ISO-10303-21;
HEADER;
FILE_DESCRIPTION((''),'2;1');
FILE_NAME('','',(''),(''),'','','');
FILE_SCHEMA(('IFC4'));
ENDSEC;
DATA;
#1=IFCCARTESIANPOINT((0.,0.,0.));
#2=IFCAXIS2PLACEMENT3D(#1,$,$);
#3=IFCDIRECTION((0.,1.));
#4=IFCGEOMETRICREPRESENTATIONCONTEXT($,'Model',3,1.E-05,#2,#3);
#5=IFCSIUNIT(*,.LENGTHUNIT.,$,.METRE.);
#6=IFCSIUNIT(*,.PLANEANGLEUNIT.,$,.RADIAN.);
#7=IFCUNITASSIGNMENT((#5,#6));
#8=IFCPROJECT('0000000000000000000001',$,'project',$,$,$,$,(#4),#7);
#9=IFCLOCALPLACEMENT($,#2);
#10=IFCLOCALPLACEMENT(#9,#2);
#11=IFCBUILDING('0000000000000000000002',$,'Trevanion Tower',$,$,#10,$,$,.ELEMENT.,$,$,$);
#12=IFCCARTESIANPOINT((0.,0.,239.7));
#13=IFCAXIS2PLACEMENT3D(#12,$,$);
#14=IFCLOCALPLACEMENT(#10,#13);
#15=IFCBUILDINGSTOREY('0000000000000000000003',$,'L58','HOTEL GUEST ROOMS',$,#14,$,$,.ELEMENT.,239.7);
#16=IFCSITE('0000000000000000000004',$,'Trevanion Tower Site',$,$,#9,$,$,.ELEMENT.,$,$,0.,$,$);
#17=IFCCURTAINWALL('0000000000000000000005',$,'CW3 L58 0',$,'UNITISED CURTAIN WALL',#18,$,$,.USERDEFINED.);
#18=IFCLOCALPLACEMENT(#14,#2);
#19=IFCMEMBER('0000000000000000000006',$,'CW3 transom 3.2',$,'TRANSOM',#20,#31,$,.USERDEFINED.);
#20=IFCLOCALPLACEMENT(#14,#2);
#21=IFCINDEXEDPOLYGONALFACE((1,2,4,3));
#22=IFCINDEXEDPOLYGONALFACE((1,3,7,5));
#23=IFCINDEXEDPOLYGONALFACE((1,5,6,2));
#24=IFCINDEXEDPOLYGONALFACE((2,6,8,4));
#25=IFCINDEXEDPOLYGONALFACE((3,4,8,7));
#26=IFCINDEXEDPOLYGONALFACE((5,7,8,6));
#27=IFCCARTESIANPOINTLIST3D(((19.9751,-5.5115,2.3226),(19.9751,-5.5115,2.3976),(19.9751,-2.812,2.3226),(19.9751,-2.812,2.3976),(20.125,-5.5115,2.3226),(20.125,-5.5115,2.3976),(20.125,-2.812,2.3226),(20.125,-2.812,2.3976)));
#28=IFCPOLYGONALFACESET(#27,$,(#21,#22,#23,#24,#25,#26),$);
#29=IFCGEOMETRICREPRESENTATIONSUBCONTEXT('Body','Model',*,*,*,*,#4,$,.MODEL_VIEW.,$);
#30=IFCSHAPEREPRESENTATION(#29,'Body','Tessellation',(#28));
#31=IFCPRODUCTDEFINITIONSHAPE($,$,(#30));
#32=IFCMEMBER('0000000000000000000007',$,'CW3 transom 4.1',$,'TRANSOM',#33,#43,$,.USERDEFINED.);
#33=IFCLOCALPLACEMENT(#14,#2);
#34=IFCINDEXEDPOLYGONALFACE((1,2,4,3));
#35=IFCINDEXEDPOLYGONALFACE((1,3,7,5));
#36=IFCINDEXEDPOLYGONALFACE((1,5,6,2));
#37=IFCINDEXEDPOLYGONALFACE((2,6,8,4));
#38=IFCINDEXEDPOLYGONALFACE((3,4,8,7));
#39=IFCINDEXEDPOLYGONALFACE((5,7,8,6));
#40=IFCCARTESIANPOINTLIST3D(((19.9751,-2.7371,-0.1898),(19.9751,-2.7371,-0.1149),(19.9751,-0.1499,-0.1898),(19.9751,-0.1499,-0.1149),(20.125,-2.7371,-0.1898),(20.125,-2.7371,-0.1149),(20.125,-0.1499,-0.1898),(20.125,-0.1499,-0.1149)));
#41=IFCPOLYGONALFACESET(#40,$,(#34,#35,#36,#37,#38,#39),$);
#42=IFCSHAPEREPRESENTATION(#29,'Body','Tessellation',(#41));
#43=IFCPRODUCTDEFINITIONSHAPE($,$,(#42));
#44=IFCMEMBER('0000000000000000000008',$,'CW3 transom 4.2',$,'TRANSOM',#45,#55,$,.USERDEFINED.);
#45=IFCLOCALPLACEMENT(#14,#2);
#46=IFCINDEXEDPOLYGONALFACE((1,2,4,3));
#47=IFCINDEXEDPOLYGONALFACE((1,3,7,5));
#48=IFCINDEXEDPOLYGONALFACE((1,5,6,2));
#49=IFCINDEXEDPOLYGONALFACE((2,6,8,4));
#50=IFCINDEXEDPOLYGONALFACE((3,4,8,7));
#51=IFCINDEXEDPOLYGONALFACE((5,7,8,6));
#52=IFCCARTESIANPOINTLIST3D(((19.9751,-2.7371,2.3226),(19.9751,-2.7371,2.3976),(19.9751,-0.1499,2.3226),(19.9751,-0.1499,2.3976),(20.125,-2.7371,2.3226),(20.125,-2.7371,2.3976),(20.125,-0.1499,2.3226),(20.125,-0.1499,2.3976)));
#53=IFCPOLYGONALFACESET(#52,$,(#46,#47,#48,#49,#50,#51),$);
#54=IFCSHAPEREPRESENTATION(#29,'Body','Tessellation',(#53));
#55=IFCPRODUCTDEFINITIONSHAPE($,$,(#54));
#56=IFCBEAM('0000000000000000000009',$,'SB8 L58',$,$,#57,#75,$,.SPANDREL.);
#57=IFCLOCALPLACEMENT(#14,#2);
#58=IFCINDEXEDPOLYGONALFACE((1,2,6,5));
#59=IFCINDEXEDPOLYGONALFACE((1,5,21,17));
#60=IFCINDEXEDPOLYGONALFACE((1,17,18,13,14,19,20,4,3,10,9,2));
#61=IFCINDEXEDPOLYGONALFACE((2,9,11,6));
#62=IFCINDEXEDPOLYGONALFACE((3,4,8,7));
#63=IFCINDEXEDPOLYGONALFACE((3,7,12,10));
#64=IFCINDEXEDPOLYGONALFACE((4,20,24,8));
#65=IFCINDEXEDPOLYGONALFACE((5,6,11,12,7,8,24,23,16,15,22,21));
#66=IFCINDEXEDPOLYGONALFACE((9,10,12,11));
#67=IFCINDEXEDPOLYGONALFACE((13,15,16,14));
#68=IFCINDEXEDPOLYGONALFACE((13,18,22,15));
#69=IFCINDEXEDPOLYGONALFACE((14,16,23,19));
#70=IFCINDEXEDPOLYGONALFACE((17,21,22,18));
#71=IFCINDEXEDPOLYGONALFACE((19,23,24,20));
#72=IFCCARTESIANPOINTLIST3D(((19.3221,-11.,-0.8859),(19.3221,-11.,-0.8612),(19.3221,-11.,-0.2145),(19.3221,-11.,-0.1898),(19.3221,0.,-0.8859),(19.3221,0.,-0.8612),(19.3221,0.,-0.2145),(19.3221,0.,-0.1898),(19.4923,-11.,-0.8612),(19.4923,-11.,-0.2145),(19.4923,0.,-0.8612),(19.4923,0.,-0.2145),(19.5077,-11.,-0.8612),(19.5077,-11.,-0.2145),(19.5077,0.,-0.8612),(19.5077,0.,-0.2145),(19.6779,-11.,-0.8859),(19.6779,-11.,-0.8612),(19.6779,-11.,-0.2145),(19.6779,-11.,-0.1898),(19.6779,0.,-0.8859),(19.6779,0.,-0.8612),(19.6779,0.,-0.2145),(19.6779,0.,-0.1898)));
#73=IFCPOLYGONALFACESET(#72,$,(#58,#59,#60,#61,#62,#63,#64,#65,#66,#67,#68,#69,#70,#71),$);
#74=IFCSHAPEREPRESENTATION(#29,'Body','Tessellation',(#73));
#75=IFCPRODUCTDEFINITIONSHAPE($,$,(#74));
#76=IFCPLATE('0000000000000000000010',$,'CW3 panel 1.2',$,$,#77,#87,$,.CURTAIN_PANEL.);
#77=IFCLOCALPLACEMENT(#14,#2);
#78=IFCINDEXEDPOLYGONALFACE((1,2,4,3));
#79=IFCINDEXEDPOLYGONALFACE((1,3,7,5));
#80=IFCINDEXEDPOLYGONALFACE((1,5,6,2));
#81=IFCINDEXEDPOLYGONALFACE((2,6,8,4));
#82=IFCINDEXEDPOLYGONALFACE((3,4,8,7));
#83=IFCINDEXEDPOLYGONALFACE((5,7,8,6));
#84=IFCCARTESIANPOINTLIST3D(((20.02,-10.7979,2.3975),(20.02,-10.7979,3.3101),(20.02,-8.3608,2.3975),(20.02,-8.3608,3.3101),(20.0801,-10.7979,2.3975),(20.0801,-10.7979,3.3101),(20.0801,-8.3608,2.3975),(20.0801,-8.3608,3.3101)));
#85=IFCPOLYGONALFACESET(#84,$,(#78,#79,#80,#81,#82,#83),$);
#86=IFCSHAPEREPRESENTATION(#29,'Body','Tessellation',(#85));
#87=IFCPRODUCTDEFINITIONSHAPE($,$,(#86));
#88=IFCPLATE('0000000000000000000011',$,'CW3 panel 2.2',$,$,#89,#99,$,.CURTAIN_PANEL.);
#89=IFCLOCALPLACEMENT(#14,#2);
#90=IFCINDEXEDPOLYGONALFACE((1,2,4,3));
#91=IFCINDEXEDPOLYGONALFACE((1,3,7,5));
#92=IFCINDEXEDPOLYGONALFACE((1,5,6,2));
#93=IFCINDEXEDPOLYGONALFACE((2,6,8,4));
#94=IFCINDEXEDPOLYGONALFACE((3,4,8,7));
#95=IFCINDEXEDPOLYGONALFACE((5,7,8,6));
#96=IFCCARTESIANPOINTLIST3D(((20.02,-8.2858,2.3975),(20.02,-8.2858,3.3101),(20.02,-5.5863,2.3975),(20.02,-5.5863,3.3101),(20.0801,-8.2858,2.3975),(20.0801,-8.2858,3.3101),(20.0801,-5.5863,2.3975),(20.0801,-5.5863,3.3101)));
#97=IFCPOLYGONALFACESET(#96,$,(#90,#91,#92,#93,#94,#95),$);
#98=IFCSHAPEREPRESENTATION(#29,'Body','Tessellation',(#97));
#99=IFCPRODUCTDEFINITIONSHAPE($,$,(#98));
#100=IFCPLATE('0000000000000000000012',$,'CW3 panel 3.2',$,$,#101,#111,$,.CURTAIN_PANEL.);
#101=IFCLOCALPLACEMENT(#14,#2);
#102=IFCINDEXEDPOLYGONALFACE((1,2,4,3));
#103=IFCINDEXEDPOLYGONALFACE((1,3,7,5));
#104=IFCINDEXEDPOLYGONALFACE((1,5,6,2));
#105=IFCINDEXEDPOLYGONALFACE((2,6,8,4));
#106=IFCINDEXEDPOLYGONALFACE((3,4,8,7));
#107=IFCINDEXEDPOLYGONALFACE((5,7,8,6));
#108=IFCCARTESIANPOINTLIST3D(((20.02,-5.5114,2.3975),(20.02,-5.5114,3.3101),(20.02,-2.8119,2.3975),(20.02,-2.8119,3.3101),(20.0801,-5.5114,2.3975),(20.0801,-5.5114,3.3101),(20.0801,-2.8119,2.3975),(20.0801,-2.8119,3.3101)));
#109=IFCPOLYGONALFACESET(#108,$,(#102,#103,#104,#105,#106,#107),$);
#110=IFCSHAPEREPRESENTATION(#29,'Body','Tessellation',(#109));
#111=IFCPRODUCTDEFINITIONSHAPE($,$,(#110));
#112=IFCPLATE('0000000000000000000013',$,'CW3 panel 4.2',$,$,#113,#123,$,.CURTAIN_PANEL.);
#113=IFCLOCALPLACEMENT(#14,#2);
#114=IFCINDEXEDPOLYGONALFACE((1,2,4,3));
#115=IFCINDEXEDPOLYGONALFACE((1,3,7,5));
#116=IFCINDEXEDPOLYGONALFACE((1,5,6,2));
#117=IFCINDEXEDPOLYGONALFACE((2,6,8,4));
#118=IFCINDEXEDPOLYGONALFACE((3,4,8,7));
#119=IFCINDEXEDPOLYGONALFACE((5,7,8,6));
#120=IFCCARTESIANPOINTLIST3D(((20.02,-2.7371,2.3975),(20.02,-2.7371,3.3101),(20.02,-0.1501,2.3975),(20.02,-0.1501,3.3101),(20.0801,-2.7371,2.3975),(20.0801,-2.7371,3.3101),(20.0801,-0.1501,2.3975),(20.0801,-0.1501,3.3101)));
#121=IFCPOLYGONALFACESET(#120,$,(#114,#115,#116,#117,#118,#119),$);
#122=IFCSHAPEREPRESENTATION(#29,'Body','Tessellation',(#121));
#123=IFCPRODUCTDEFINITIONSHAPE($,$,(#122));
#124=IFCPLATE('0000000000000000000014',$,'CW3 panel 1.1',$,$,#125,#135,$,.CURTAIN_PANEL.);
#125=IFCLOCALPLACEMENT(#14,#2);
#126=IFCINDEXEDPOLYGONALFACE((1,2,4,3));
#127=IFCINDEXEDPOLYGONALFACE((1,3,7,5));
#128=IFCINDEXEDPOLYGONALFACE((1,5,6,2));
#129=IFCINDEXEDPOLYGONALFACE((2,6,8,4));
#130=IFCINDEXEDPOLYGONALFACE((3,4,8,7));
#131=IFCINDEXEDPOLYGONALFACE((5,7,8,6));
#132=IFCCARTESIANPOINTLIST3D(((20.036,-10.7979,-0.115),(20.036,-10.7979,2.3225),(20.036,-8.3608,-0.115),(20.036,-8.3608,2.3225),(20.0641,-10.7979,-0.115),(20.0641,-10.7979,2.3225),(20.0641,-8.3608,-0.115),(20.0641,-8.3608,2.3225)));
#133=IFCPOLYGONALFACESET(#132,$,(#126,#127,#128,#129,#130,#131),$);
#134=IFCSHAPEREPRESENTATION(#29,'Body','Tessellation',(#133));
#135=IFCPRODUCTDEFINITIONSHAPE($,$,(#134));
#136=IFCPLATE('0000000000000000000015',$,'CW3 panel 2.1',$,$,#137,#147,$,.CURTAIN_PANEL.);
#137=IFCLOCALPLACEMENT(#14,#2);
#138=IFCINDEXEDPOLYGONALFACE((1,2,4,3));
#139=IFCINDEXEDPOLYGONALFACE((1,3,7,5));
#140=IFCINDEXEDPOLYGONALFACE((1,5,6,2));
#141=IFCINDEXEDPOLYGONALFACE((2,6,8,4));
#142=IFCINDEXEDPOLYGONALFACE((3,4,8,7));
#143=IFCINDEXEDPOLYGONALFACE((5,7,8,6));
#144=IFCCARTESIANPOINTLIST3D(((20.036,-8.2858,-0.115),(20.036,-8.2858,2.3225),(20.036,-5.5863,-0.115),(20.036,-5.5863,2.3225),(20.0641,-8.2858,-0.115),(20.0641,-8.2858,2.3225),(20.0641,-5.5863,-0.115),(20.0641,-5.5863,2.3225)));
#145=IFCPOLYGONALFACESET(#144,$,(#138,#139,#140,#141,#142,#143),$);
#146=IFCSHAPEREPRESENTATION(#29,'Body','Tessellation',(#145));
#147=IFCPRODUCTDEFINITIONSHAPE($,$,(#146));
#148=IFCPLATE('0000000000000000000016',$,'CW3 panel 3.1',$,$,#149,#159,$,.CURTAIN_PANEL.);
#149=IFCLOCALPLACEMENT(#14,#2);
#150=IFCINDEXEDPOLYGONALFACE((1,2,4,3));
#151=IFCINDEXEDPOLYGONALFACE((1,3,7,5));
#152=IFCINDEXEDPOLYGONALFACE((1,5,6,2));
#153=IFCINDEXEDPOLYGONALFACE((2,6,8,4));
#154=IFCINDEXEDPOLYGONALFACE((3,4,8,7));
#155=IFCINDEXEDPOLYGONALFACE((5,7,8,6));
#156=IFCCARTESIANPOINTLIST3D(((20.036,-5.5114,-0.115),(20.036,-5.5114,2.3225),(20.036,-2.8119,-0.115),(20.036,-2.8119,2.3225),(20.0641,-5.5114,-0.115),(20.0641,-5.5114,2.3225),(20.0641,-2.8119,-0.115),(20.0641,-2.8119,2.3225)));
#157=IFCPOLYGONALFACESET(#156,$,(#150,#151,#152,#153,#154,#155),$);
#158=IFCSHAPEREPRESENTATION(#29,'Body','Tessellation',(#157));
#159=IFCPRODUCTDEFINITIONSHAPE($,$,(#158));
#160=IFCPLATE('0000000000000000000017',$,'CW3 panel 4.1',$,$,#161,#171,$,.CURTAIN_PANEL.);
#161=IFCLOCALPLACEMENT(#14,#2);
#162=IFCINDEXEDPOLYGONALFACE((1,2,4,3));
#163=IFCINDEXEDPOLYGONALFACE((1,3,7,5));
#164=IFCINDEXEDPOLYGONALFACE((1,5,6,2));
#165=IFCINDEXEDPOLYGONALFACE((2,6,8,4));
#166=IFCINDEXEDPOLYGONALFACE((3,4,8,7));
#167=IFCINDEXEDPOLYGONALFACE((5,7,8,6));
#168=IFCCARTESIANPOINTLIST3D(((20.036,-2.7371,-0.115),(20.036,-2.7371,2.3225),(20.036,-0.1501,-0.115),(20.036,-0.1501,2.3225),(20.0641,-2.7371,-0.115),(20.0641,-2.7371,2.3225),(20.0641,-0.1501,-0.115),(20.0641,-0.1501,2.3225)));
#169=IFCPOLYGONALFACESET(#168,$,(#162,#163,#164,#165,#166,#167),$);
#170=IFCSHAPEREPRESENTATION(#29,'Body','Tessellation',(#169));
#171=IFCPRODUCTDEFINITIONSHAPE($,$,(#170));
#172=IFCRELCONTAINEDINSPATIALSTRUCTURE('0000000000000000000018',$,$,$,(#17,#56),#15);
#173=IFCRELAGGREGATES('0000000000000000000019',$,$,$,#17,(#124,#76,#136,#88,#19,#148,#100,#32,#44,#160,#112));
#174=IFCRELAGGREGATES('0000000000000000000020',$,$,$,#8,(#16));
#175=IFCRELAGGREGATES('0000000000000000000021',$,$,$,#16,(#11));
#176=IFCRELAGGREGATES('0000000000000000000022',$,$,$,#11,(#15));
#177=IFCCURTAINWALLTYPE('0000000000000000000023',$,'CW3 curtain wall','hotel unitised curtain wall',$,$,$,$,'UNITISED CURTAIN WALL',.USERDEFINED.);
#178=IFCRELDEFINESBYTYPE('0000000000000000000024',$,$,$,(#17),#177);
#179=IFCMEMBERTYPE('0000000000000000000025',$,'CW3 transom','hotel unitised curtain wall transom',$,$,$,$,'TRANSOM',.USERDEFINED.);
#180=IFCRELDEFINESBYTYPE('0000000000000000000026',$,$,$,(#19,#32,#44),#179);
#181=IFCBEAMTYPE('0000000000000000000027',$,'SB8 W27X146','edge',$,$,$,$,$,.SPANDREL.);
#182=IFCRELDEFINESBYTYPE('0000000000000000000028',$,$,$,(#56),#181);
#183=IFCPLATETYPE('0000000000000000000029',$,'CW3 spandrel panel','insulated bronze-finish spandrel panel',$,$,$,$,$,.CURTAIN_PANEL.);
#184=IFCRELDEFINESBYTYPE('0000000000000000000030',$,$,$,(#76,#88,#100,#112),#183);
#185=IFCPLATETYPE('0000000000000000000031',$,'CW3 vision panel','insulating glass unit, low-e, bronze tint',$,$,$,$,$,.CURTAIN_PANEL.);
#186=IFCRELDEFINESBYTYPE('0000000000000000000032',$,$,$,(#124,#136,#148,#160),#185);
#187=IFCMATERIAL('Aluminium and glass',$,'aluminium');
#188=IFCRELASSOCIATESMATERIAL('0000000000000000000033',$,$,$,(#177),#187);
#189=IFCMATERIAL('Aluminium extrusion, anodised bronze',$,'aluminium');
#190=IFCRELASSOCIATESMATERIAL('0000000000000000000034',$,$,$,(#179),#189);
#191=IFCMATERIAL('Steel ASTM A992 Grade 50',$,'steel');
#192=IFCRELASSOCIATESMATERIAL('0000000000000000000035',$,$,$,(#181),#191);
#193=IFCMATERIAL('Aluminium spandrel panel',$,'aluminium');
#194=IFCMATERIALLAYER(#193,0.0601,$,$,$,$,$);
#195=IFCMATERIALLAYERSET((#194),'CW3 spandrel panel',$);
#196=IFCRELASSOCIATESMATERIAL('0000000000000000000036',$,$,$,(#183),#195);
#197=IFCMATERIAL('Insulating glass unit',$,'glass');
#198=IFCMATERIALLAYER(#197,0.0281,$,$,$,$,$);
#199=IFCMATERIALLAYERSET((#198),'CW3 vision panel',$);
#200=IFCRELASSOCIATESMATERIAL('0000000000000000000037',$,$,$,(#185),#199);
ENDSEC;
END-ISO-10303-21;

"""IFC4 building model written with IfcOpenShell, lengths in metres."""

from ifc_helpers import new_model, si_unit, direction, frame, origin, origin_2d, place, context, subcontext, project, spatial, rectangle, i_section, extrude, material, layer, layer_set, material_profile, profile_set, type_object, element, aggregate, save


model = new_model("IFC4")

# Units and contexts
model_context = context("Model", 3, precision=1e-05, world=origin(), true_north=direction((0.0, 1.0)))
body_context = subcontext(model_context, "Body", "Model", "MODEL_VIEW")
ifc_project = project(units=[si_unit("LENGTHUNIT", "METRE"), si_unit("PLANEANGLEUNIT", "RADIAN")], contexts=[model_context])

# Site, building, storey
site_placement = place(None, origin())
site = spatial("IfcSite", under=ifc_project, at=site_placement, Name="Trevanion Tower Site", CompositionType="ELEMENT", RefElevation=0.0)
building_placement = place(site_placement, origin())
building = spatial("IfcBuilding", under=site, at=building_placement, Name="Trevanion Tower", CompositionType="ELEMENT")
storey_placement = place(building_placement, frame((0.0, 0.0, 239.7)))
storey = spatial("IfcBuildingStorey", under=building, at=storey_placement, Name="L58", Description="HOTEL GUEST ROOMS", CompositionType="ELEMENT", Elevation=239.7)

# Curtain wall, members
ifc_material_1 = material(Name="Aluminium and glass", Category="aluminium")
curtain_wall_type = type_object("IfcCurtainWallType", Name="CW3 curtain wall", Description="hotel unitised curtain wall", ElementType="UNITISED CURTAIN WALL", PredefinedType="USERDEFINED", material=ifc_material_1)
curtain_wall_placement = place(storey_placement, origin())
curtain_wall = element("IfcCurtainWall", 1, at=curtain_wall_placement, inside=storey, type_object=curtain_wall_type, Name="CW3 L58 0", ObjectType="UNITISED CURTAIN WALL", PredefinedType="USERDEFINED")
ifc_material_2 = material(Name="Aluminium extrusion, anodised bronze", Category="aluminium")
ifc_material_profile_1 = material_profile(ifc_material_2, rectangle(XDim=0.1499, YDim=0.075, at=origin_2d()), Name="CW3 transom")
ifc_profile_set_1 = profile_set([ifc_material_profile_1], Name="Aluminium extrusion, anodised bronze")
member_type_1 = type_object("IfcMemberType", Name="CW3 transom", Description="hotel unitised curtain wall transom", ElementType="TRANSOM", PredefinedType="USERDEFINED", material=ifc_profile_set_1)
member_1_placement = place(storey_placement, frame((20.05, -5.5115, 2.3601), z_axis=(0.0, 1.0, 0.0), x_axis=(-1.0, 0.0, 0.0)))
member_1 = element("IfcMember", 2, at=member_1_placement, type_object=member_type_1, Name="CW3 transom 3.2", ObjectType="TRANSOM", PredefinedType="USERDEFINED", context=body_context, shape_type="SweptSolid", body=[
    extrude(rectangle(XDim=0.1499, YDim=0.075, at=origin_2d()), origin(), (0.0, 0.0, 1.0), 2.6995),
])
member_2_placement = place(storey_placement, frame((20.05, -2.7371, -0.1523), z_axis=(0.0, 1.0, 0.0), x_axis=(-1.0, 0.0, 0.0)))
member_2 = element("IfcMember", 3, at=member_2_placement, type_object=member_type_1, Name="CW3 transom 4.1", ObjectType="TRANSOM", PredefinedType="USERDEFINED", context=body_context, shape_type="SweptSolid", body=[
    extrude(rectangle(XDim=0.1499, YDim=0.075, at=origin_2d()), origin(), (0.0, 0.0, 1.0), 2.5872),
])
member_3_placement = place(storey_placement, frame((20.05, -2.7371, 2.3601), z_axis=(0.0, 1.0, 0.0), x_axis=(-1.0, 0.0, 0.0)))
member_3 = element("IfcMember", 4, at=member_3_placement, type_object=member_type_1, Name="CW3 transom 4.2", ObjectType="TRANSOM", PredefinedType="USERDEFINED", context=body_context, shape_type="SweptSolid", body=[
    extrude(rectangle(XDim=0.1499, YDim=0.075, at=origin_2d()), origin(), (0.0, 0.0, 1.0), 2.5872),
])

# Beam
ifc_material_3 = material(Name="Steel ASTM A992 Grade 50", Category="steel")
ifc_material_profile_2 = material_profile(ifc_material_3, i_section(OverallWidth=0.3557, OverallDepth=0.696, WebThickness=0.0154, FlangeThickness=0.0247, at=origin_2d()), Name="W27X146")
ifc_profile_set_2 = profile_set([ifc_material_profile_2], Name="Steel ASTM A992 Grade 50")
beam_type_1 = type_object("IfcBeamType", Name="SB8 W27X146", Description="edge", PredefinedType="SPANDREL", material=ifc_profile_set_2)
beam_placement = place(storey_placement, frame((19.5, -11.0, -0.5378), z_axis=(0.0, 1.0, 0.0), x_axis=(-1.0, 0.0, 0.0)))
element("IfcBeam", 5, at=beam_placement, inside=storey, type_object=beam_type_1, Name="SB8 L58", PredefinedType="SPANDREL", context=body_context, shape_type="SweptSolid", body=[
    extrude(i_section(OverallWidth=0.3557, OverallDepth=0.696, WebThickness=0.0154, FlangeThickness=0.0247, at=origin_2d()), origin(), (0.0, 0.0, 1.0), 11.0),
])

# Plates
ifc_material_4 = material(Name="Aluminium spandrel panel", Category="aluminium")
ifc_layer_1 = layer(ifc_material_4, 0.0601)
ifc_layer_set_1 = layer_set([ifc_layer_1], Name="CW3 spandrel panel")
plate_type_1 = type_object("IfcPlateType", Name="CW3 spandrel panel", Description="insulated bronze-finish spandrel panel", PredefinedType="CURTAIN_PANEL", material=ifc_layer_set_1)
plate_1_placement = place(storey_placement, frame((20.05, -9.5793, 2.3975), z_axis=(0.0, 0.0, 1.0), x_axis=(0.0, 1.0, 0.0)))
plate_1 = element("IfcPlate", 6, at=plate_1_placement, type_object=plate_type_1, Name="CW3 panel 1.2", PredefinedType="CURTAIN_PANEL", context=body_context, shape_type="SweptSolid", body=[
    extrude(rectangle(XDim=2.437, YDim=0.0601, at=origin_2d()), origin(), (0.0, 0.0, 1.0), 0.9126),
])
plate_2_placement = place(storey_placement, frame((20.05, -6.936, 2.3975), z_axis=(0.0, 0.0, 1.0), x_axis=(0.0, 1.0, 0.0)))
plate_2 = element("IfcPlate", 7, at=plate_2_placement, type_object=plate_type_1, Name="CW3 panel 2.2", PredefinedType="CURTAIN_PANEL", context=body_context, shape_type="SweptSolid", body=[
    extrude(rectangle(XDim=2.6995, YDim=0.0601, at=origin_2d()), origin(), (0.0, 0.0, 1.0), 0.9126),
])
plate_3_placement = place(storey_placement, frame((20.05, -4.1616, 2.3975), z_axis=(0.0, 0.0, 1.0), x_axis=(0.0, 1.0, 0.0)))
plate_3 = element("IfcPlate", 8, at=plate_3_placement, type_object=plate_type_1, Name="CW3 panel 3.2", PredefinedType="CURTAIN_PANEL", context=body_context, shape_type="SweptSolid", body=[
    extrude(rectangle(XDim=2.6995, YDim=0.0601, at=origin_2d()), origin(), (0.0, 0.0, 1.0), 0.9126),
])
plate_4_placement = place(storey_placement, frame((20.05, -1.4436, 2.3975), z_axis=(0.0, 0.0, 1.0), x_axis=(0.0, 1.0, 0.0)))
plate_4 = element("IfcPlate", 9, at=plate_4_placement, type_object=plate_type_1, Name="CW3 panel 4.2", PredefinedType="CURTAIN_PANEL", context=body_context, shape_type="SweptSolid", body=[
    extrude(rectangle(XDim=2.5869, YDim=0.0601, at=origin_2d()), origin(), (0.0, 0.0, 1.0), 0.9126),
])
ifc_material_5 = material(Name="Insulating glass unit", Category="glass")
ifc_layer_2 = layer(ifc_material_5, 0.0281)
ifc_layer_set_2 = layer_set([ifc_layer_2], Name="CW3 vision panel")
plate_type_2 = type_object("IfcPlateType", Name="CW3 vision panel", Description="insulating glass unit, low-e, bronze tint", PredefinedType="CURTAIN_PANEL", material=ifc_layer_set_2)
plate_5_placement = place(storey_placement, frame((20.05, -9.5793, -0.115), z_axis=(0.0, 0.0, 1.0), x_axis=(0.0, 1.0, 0.0)))
plate_5 = element("IfcPlate", 10, at=plate_5_placement, type_object=plate_type_2, Name="CW3 panel 1.1", PredefinedType="CURTAIN_PANEL", context=body_context, shape_type="SweptSolid", body=[
    extrude(rectangle(XDim=2.437, YDim=0.0281, at=origin_2d()), origin(), (0.0, 0.0, 1.0), 2.4375),
])
plate_6_placement = place(storey_placement, frame((20.05, -6.936, -0.115), z_axis=(0.0, 0.0, 1.0), x_axis=(0.0, 1.0, 0.0)))
plate_6 = element("IfcPlate", 11, at=plate_6_placement, type_object=plate_type_2, Name="CW3 panel 2.1", PredefinedType="CURTAIN_PANEL", context=body_context, shape_type="SweptSolid", body=[
    extrude(rectangle(XDim=2.6995, YDim=0.0281, at=origin_2d()), origin(), (0.0, 0.0, 1.0), 2.4375),
])
plate_7_placement = place(storey_placement, frame((20.05, -4.1616, -0.115), z_axis=(0.0, 0.0, 1.0), x_axis=(0.0, 1.0, 0.0)))
plate_7 = element("IfcPlate", 12, at=plate_7_placement, type_object=plate_type_2, Name="CW3 panel 3.1", PredefinedType="CURTAIN_PANEL", context=body_context, shape_type="SweptSolid", body=[
    extrude(rectangle(XDim=2.6995, YDim=0.0281, at=origin_2d()), origin(), (0.0, 0.0, 1.0), 2.4375),
])
plate_8_placement = place(storey_placement, frame((20.05, -1.4436, -0.115), z_axis=(0.0, 0.0, 1.0), x_axis=(0.0, 1.0, 0.0)))
plate_8 = element("IfcPlate", 13, at=plate_8_placement, type_object=plate_type_2, Name="CW3 panel 4.1", PredefinedType="CURTAIN_PANEL", context=body_context, shape_type="SweptSolid", body=[
    extrude(rectangle(XDim=2.5869, YDim=0.0281, at=origin_2d()), origin(), (0.0, 0.0, 1.0), 2.4375),
])
aggregate(curtain_wall, [plate_5, plate_1, plate_6, plate_2, member_1, plate_7, plate_3, member_2, member_3, plate_8, plate_4])

save(model, "model.ifc")
